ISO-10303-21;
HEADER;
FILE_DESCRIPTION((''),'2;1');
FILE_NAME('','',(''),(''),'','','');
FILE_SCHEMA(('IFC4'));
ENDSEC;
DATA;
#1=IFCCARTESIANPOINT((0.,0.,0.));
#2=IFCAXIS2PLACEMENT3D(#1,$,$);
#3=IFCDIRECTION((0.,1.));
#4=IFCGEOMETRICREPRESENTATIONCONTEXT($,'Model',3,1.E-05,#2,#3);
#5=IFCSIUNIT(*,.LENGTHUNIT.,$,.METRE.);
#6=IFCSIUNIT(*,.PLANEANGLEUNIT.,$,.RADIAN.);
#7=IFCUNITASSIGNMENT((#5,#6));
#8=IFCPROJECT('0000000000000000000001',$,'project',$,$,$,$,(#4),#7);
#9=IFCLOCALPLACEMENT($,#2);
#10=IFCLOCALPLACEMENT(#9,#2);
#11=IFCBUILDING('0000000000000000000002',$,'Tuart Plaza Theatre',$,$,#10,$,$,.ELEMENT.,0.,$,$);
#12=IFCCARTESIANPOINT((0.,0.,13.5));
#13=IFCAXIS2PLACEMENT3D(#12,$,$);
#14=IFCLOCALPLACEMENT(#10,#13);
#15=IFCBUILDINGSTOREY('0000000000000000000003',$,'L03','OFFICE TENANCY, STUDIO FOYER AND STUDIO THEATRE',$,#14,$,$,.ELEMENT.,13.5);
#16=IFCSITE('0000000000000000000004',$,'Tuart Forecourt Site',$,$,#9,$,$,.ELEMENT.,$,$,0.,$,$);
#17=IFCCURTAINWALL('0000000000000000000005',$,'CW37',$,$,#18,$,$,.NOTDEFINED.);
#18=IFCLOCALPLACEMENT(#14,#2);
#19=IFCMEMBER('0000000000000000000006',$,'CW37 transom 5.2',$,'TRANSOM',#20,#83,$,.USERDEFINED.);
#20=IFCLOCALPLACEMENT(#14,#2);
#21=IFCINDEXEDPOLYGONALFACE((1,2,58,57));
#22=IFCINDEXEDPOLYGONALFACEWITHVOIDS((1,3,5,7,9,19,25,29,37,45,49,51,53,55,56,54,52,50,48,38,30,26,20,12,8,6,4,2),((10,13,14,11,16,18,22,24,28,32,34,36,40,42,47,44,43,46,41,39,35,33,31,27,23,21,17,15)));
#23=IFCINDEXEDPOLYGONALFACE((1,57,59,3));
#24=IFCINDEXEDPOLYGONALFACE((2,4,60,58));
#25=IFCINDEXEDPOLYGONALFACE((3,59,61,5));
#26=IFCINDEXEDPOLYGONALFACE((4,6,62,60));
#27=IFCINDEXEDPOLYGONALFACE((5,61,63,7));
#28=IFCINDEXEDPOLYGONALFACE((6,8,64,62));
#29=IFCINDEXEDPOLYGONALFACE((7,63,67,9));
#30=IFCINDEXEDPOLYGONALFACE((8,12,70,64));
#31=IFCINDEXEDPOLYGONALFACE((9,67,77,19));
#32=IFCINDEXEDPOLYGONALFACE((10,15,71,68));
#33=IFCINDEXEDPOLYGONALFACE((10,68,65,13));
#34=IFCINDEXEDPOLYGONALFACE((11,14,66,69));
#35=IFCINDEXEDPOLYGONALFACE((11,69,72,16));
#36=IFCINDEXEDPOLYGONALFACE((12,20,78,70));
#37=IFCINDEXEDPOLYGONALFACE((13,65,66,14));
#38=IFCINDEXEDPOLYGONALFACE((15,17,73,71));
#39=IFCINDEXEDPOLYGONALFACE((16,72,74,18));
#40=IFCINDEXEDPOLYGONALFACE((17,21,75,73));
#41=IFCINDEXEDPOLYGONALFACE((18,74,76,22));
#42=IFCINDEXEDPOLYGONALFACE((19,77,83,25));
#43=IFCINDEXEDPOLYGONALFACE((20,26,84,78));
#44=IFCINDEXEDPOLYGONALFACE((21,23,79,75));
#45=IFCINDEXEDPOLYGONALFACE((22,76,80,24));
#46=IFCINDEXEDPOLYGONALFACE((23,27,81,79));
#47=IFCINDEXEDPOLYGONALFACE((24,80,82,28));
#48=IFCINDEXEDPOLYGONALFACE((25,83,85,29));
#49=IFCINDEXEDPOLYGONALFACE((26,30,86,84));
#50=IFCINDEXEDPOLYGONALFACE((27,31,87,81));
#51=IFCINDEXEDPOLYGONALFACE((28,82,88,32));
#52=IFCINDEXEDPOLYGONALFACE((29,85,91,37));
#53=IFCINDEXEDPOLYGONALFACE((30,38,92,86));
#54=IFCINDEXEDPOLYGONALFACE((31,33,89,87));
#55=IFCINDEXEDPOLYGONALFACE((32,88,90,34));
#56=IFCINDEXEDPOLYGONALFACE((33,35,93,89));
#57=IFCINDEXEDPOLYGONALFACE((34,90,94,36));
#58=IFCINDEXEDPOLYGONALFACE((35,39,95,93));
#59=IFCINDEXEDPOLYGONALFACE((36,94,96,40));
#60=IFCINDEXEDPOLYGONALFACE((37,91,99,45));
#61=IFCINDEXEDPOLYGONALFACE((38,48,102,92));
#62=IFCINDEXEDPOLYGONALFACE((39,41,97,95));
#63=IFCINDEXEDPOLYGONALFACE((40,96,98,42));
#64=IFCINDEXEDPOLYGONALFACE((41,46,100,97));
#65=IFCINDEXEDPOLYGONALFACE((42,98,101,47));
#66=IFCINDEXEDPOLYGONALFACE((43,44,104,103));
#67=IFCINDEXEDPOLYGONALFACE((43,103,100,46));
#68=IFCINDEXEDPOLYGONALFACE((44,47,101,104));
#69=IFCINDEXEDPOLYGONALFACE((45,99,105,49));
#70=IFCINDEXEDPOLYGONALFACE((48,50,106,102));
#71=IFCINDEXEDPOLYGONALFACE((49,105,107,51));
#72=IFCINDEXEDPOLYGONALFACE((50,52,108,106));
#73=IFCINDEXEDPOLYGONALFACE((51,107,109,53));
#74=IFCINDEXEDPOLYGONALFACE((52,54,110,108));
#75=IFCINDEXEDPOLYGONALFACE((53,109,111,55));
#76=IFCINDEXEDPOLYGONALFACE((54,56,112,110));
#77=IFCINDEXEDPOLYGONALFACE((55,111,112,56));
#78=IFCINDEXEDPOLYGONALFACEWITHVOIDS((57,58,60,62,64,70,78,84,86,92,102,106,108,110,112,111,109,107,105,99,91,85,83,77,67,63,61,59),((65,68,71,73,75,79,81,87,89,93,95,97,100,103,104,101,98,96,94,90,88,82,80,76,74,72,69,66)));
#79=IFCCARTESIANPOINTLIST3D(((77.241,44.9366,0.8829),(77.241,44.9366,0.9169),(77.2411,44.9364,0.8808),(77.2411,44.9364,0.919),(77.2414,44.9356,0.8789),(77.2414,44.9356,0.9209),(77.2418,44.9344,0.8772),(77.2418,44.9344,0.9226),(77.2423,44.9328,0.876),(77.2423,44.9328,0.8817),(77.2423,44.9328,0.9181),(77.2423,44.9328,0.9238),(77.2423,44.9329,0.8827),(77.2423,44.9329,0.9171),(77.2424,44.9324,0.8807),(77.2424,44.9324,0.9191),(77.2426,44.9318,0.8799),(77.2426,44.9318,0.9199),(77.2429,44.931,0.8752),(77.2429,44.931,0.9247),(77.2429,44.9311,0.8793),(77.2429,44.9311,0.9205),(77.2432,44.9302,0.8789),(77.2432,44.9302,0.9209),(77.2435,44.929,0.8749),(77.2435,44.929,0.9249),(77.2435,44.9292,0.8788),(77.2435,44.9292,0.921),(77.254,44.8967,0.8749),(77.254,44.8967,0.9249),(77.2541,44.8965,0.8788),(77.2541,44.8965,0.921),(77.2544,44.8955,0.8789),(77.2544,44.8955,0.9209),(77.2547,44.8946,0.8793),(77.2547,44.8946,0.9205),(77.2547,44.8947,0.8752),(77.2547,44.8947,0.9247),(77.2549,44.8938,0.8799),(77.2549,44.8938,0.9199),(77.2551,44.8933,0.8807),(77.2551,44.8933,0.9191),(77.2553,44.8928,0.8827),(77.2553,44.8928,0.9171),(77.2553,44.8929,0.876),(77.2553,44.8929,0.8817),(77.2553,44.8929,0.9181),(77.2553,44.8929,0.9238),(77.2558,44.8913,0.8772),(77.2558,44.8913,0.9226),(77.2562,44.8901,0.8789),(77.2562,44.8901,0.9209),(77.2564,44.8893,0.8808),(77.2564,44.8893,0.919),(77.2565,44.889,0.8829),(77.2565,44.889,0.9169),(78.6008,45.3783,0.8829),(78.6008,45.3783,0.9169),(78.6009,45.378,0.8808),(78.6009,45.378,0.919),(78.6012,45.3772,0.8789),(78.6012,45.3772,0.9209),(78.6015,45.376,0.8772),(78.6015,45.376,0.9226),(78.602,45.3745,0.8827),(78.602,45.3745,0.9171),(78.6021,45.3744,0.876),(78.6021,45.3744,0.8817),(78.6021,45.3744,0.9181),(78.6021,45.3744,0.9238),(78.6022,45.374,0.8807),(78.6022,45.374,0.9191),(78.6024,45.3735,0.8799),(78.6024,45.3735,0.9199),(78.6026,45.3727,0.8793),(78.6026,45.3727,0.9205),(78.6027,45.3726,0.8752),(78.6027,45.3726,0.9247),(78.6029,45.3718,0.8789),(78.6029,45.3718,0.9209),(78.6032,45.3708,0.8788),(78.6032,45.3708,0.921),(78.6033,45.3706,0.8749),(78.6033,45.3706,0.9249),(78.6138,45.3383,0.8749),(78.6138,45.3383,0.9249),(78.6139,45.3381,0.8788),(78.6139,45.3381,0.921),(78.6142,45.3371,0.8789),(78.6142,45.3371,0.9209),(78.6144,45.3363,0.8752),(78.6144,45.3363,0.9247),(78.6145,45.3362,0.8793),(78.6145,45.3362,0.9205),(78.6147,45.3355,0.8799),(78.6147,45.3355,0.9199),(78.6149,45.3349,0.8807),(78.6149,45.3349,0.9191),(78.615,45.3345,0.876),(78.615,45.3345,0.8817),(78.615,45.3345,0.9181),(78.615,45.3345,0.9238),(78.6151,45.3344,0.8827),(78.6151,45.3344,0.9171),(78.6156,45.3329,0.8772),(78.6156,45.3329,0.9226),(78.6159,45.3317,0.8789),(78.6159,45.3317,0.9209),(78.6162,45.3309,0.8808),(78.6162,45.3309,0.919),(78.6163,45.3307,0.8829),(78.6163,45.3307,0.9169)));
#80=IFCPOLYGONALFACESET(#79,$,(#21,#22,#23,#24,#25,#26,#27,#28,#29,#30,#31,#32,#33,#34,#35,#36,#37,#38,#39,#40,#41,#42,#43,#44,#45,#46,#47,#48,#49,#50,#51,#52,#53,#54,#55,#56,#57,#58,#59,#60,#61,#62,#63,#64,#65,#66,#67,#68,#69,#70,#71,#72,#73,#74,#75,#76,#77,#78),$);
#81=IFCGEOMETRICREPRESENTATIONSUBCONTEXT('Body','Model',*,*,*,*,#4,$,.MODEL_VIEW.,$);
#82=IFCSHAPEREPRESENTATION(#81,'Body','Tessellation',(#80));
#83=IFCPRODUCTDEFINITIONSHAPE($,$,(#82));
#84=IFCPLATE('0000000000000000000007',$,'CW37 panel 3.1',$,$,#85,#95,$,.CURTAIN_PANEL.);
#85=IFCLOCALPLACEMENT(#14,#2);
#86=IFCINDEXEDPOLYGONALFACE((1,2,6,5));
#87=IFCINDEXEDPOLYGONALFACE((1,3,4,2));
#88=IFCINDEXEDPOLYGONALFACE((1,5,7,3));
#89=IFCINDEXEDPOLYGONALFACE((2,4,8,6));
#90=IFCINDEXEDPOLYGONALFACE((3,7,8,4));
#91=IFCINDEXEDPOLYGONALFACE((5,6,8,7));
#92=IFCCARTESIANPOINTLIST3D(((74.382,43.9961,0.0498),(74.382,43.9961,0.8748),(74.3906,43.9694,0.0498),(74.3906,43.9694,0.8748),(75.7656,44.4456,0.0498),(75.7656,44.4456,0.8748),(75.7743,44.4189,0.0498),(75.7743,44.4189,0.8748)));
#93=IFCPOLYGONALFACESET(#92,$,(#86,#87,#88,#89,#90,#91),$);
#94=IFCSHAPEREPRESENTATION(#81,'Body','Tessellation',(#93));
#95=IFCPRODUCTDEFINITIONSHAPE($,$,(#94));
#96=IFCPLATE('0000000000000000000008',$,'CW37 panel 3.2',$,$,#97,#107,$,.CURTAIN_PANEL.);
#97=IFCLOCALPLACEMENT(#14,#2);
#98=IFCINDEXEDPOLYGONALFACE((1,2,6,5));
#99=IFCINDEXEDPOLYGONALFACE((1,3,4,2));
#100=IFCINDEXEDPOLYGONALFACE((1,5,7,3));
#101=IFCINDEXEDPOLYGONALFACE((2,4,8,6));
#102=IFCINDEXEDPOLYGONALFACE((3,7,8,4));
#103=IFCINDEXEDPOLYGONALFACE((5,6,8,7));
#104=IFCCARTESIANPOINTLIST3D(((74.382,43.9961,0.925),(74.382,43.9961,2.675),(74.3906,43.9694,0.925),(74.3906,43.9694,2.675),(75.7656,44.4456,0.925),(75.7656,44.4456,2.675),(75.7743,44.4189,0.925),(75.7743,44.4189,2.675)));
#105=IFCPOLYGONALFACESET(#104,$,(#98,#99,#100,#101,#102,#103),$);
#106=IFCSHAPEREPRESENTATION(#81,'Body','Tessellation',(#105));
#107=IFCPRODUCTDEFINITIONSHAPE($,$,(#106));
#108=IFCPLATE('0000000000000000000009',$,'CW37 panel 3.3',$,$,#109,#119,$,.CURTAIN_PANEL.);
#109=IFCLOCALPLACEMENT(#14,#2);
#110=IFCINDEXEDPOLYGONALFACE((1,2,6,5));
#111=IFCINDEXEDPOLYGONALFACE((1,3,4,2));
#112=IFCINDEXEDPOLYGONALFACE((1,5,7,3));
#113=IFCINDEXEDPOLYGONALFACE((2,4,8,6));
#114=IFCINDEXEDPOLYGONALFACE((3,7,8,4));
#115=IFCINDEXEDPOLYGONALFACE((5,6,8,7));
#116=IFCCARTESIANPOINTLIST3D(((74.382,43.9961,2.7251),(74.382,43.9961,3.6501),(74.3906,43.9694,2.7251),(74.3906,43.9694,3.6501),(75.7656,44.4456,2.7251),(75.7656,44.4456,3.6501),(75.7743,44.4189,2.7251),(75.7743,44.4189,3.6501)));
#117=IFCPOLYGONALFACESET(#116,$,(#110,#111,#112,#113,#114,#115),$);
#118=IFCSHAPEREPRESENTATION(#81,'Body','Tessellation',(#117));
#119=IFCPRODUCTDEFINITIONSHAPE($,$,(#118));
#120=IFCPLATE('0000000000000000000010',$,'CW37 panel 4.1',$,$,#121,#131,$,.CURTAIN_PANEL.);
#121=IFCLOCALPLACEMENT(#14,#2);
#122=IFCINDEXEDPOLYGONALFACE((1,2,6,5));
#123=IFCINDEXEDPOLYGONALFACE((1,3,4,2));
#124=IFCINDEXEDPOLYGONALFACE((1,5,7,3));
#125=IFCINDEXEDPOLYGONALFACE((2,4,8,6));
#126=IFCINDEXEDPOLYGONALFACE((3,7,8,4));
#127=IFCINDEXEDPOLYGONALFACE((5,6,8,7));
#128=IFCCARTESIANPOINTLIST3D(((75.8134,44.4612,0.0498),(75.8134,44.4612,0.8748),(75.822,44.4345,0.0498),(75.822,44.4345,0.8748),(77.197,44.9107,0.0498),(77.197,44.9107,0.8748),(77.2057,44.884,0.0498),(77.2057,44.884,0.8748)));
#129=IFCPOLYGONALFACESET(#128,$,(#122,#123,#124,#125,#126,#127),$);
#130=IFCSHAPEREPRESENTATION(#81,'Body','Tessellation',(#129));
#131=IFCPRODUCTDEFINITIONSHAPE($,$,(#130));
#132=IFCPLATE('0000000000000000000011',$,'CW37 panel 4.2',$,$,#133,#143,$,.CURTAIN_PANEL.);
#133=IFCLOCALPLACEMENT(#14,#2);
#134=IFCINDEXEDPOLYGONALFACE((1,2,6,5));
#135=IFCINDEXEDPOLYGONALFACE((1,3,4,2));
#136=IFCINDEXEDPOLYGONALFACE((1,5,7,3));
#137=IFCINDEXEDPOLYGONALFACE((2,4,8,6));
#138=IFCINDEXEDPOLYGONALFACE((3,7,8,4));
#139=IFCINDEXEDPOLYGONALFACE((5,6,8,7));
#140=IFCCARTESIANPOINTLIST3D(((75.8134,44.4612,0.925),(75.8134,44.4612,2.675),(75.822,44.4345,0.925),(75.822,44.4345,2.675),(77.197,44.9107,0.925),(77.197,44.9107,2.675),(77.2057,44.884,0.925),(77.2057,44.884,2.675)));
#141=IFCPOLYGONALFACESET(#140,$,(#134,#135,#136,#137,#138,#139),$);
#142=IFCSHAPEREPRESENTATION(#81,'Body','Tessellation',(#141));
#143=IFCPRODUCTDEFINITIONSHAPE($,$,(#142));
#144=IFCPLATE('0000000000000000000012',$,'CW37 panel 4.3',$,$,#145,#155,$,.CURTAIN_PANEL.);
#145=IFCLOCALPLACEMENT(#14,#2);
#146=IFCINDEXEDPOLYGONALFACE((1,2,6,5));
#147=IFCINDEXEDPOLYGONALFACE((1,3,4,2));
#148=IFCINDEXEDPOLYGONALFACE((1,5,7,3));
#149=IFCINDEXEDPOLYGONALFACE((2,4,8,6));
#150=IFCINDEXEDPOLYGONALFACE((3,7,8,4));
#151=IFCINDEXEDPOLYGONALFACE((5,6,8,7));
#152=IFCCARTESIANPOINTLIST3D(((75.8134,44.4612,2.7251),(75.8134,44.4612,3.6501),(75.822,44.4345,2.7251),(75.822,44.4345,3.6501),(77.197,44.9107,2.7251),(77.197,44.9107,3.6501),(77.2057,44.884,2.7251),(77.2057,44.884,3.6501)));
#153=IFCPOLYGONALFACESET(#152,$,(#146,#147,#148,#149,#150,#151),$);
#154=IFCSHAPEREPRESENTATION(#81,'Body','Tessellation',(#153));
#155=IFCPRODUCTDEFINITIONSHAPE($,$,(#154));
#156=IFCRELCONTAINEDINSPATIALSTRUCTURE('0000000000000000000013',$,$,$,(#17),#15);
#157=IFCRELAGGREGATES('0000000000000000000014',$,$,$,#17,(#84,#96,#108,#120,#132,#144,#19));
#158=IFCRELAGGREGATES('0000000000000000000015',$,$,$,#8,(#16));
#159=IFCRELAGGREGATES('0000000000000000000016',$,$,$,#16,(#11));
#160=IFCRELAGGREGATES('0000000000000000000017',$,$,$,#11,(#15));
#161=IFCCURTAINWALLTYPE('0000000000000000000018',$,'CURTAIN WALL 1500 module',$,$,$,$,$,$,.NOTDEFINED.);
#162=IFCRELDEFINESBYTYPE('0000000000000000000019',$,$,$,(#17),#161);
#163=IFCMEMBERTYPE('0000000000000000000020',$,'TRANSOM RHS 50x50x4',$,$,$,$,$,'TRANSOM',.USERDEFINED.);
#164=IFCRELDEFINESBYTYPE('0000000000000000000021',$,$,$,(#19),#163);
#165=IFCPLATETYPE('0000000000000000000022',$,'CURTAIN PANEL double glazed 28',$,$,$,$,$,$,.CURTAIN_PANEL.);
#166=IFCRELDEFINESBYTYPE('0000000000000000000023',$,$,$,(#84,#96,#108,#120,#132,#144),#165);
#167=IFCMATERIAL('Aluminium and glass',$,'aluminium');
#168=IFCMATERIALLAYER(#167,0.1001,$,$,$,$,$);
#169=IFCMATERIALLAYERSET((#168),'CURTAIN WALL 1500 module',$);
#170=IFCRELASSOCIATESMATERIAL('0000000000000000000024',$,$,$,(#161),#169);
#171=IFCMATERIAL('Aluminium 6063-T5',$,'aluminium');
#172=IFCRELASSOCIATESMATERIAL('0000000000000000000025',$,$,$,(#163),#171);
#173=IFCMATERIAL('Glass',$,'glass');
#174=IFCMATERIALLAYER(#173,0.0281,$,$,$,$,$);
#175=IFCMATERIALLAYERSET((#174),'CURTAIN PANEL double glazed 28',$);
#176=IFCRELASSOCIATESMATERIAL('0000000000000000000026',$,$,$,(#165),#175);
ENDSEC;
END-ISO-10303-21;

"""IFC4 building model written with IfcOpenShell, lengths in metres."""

from ifc_helpers import new_model, si_unit, direction, frame, origin, origin_2d, place, context, subcontext, project, spatial, rectangle, hollow_rectangle, extrude, material, layer, layer_set, material_profile, profile_set, type_object, element, aggregate, save


model = new_model("IFC4")

# Units and contexts
model_context = context("Model", 3, precision=1e-05, world=origin(), true_north=direction((0.0, 1.0)))
body_context = subcontext(model_context, "Body", "Model", "MODEL_VIEW")
ifc_project = project(units=[si_unit("LENGTHUNIT", "METRE"), si_unit("PLANEANGLEUNIT", "RADIAN")], contexts=[model_context])

# Site, building, storey
site_placement = place(None, origin())
site = spatial("IfcSite", under=ifc_project, at=site_placement, Name="Tuart Forecourt Site", CompositionType="ELEMENT", RefElevation=0.0)
building_placement = place(site_placement, origin())
building = spatial("IfcBuilding", under=site, at=building_placement, Name="Tuart Plaza Theatre", CompositionType="ELEMENT", ElevationOfRefHeight=0.0)
storey_placement = place(building_placement, frame((0.0, 0.0, 13.5)))
storey = spatial("IfcBuildingStorey", under=building, at=storey_placement, Name="L03", Description="OFFICE TENANCY, STUDIO FOYER AND STUDIO THEATRE", CompositionType="ELEMENT", Elevation=13.5)

# Curtain wall, member, plates
ifc_material_1 = material(Name="Aluminium and glass", Category="aluminium")
ifc_layer_1 = layer(ifc_material_1, 0.1001)
ifc_layer_set_1 = layer_set([ifc_layer_1], Name="CURTAIN WALL 1500 module")
curtain_wall_type = type_object("IfcCurtainWallType", Name="CURTAIN WALL 1500 module", PredefinedType="NOTDEFINED", material=ifc_layer_set_1)
curtain_wall_placement = place(storey_placement, origin())
curtain_wall = element("IfcCurtainWall", 1, at=curtain_wall_placement, inside=storey, type_object=curtain_wall_type, Name="CW37", PredefinedType="NOTDEFINED")
ifc_material_2 = material(Name="Aluminium 6063-T5", Category="aluminium")
ifc_material_profile_1 = material_profile(ifc_material_2, hollow_rectangle(XDim=0.05, YDim=0.05, WallThickness=0.0039, InnerFilletRadius=0.0039, OuterFilletRadius=0.0081, at=origin_2d()), Name="RHS 50x50x4")
ifc_profile_set_1 = profile_set([ifc_material_profile_1], Name="Aluminium 6063-T5")
member_type_1 = type_object("IfcMemberType", Name="TRANSOM RHS 50x50x4", ElementType="TRANSOM", PredefinedType="USERDEFINED", material=ifc_profile_set_1)
member_1_placement = place(storey_placement, frame((77.2488, 44.9128, 0.8999), z_axis=(0.951097, 0.308893, 0.0), x_axis=(-0.308893, 0.951097, 0.0)))
member_1 = element("IfcMember", 2, at=member_1_placement, type_object=member_type_1, Name="CW37 transom 5.2", ObjectType="TRANSOM", PredefinedType="USERDEFINED", context=body_context, shape_type="SweptSolid", body=[
    extrude(hollow_rectangle(XDim=0.05, YDim=0.05, WallThickness=0.0039, InnerFilletRadius=0.0039, OuterFilletRadius=0.0081, at=origin_2d()), origin(), (0.0, 0.0, 1.0), 1.4297),
])
ifc_material_3 = material(Name="Glass", Category="glass")
ifc_layer_2 = layer(ifc_material_3, 0.0281)
ifc_layer_set_2 = layer_set([ifc_layer_2], Name="CURTAIN PANEL double glazed 28")
plate_type = type_object("IfcPlateType", Name="CURTAIN PANEL double glazed 28", PredefinedType="CURTAIN_PANEL", material=ifc_layer_set_2)
plate_1_placement = place(storey_placement, frame((75.0781, 44.2075, 0.0498), z_axis=(0.0, 0.0, 1.0), x_axis=(0.951067, 0.308986, 0.0)))
plate_1 = element("IfcPlate", 3, at=plate_1_placement, type_object=plate_type, Name="CW37 panel 3.1", PredefinedType="CURTAIN_PANEL", context=body_context, shape_type="SweptSolid", body=[
    extrude(rectangle(XDim=1.4548, YDim=0.0281, at=origin_2d()), origin(), (0.0, 0.0, 1.0), 0.825),
])
plate_2_placement = place(storey_placement, frame((75.0781, 44.2075, 0.925), z_axis=(0.0, 0.0, 1.0), x_axis=(0.951067, 0.308986, 0.0)))
plate_2 = element("IfcPlate", 4, at=plate_2_placement, type_object=plate_type, Name="CW37 panel 3.2", PredefinedType="CURTAIN_PANEL", context=body_context, shape_type="SweptSolid", body=[
    extrude(rectangle(XDim=1.4548, YDim=0.0281, at=origin_2d()), origin(), (0.0, 0.0, 1.0), 1.75),
])
plate_3_placement = place(storey_placement, frame((75.0781, 44.2075, 2.7251), z_axis=(0.0, 0.0, 1.0), x_axis=(0.951067, 0.308986, 0.0)))
plate_3 = element("IfcPlate", 5, at=plate_3_placement, type_object=plate_type, Name="CW37 panel 3.3", PredefinedType="CURTAIN_PANEL", context=body_context, shape_type="SweptSolid", body=[
    extrude(rectangle(XDim=1.4548, YDim=0.0281, at=origin_2d()), origin(), (0.0, 0.0, 1.0), 0.925),
])
plate_4_placement = place(storey_placement, frame((76.5095, 44.6726, 0.0498), z_axis=(0.0, 0.0, 1.0), x_axis=(0.951067, 0.308986, 0.0)))
plate_4 = element("IfcPlate", 6, at=plate_4_placement, type_object=plate_type, Name="CW37 panel 4.1", PredefinedType="CURTAIN_PANEL", context=body_context, shape_type="SweptSolid", body=[
    extrude(rectangle(XDim=1.4548, YDim=0.0281, at=origin_2d()), origin(), (0.0, 0.0, 1.0), 0.825),
])
plate_5_placement = place(storey_placement, frame((76.5095, 44.6726, 0.925), z_axis=(0.0, 0.0, 1.0), x_axis=(0.951067, 0.308986, 0.0)))
plate_5 = element("IfcPlate", 7, at=plate_5_placement, type_object=plate_type, Name="CW37 panel 4.2", PredefinedType="CURTAIN_PANEL", context=body_context, shape_type="SweptSolid", body=[
    extrude(rectangle(XDim=1.4548, YDim=0.0281, at=origin_2d()), origin(), (0.0, 0.0, 1.0), 1.75),
])
plate_6_placement = place(storey_placement, frame((76.5095, 44.6726, 2.7251), z_axis=(0.0, 0.0, 1.0), x_axis=(0.951067, 0.308986, 0.0)))
plate_6 = element("IfcPlate", 8, at=plate_6_placement, type_object=plate_type, Name="CW37 panel 4.3", PredefinedType="CURTAIN_PANEL", context=body_context, shape_type="SweptSolid", body=[
    extrude(rectangle(XDim=1.4548, YDim=0.0281, at=origin_2d()), origin(), (0.0, 0.0, 1.0), 0.925),
])
aggregate(curtain_wall, [plate_1, plate_2, plate_3, plate_4, plate_5, plate_6, member_1])

save(model, "model.ifc")
